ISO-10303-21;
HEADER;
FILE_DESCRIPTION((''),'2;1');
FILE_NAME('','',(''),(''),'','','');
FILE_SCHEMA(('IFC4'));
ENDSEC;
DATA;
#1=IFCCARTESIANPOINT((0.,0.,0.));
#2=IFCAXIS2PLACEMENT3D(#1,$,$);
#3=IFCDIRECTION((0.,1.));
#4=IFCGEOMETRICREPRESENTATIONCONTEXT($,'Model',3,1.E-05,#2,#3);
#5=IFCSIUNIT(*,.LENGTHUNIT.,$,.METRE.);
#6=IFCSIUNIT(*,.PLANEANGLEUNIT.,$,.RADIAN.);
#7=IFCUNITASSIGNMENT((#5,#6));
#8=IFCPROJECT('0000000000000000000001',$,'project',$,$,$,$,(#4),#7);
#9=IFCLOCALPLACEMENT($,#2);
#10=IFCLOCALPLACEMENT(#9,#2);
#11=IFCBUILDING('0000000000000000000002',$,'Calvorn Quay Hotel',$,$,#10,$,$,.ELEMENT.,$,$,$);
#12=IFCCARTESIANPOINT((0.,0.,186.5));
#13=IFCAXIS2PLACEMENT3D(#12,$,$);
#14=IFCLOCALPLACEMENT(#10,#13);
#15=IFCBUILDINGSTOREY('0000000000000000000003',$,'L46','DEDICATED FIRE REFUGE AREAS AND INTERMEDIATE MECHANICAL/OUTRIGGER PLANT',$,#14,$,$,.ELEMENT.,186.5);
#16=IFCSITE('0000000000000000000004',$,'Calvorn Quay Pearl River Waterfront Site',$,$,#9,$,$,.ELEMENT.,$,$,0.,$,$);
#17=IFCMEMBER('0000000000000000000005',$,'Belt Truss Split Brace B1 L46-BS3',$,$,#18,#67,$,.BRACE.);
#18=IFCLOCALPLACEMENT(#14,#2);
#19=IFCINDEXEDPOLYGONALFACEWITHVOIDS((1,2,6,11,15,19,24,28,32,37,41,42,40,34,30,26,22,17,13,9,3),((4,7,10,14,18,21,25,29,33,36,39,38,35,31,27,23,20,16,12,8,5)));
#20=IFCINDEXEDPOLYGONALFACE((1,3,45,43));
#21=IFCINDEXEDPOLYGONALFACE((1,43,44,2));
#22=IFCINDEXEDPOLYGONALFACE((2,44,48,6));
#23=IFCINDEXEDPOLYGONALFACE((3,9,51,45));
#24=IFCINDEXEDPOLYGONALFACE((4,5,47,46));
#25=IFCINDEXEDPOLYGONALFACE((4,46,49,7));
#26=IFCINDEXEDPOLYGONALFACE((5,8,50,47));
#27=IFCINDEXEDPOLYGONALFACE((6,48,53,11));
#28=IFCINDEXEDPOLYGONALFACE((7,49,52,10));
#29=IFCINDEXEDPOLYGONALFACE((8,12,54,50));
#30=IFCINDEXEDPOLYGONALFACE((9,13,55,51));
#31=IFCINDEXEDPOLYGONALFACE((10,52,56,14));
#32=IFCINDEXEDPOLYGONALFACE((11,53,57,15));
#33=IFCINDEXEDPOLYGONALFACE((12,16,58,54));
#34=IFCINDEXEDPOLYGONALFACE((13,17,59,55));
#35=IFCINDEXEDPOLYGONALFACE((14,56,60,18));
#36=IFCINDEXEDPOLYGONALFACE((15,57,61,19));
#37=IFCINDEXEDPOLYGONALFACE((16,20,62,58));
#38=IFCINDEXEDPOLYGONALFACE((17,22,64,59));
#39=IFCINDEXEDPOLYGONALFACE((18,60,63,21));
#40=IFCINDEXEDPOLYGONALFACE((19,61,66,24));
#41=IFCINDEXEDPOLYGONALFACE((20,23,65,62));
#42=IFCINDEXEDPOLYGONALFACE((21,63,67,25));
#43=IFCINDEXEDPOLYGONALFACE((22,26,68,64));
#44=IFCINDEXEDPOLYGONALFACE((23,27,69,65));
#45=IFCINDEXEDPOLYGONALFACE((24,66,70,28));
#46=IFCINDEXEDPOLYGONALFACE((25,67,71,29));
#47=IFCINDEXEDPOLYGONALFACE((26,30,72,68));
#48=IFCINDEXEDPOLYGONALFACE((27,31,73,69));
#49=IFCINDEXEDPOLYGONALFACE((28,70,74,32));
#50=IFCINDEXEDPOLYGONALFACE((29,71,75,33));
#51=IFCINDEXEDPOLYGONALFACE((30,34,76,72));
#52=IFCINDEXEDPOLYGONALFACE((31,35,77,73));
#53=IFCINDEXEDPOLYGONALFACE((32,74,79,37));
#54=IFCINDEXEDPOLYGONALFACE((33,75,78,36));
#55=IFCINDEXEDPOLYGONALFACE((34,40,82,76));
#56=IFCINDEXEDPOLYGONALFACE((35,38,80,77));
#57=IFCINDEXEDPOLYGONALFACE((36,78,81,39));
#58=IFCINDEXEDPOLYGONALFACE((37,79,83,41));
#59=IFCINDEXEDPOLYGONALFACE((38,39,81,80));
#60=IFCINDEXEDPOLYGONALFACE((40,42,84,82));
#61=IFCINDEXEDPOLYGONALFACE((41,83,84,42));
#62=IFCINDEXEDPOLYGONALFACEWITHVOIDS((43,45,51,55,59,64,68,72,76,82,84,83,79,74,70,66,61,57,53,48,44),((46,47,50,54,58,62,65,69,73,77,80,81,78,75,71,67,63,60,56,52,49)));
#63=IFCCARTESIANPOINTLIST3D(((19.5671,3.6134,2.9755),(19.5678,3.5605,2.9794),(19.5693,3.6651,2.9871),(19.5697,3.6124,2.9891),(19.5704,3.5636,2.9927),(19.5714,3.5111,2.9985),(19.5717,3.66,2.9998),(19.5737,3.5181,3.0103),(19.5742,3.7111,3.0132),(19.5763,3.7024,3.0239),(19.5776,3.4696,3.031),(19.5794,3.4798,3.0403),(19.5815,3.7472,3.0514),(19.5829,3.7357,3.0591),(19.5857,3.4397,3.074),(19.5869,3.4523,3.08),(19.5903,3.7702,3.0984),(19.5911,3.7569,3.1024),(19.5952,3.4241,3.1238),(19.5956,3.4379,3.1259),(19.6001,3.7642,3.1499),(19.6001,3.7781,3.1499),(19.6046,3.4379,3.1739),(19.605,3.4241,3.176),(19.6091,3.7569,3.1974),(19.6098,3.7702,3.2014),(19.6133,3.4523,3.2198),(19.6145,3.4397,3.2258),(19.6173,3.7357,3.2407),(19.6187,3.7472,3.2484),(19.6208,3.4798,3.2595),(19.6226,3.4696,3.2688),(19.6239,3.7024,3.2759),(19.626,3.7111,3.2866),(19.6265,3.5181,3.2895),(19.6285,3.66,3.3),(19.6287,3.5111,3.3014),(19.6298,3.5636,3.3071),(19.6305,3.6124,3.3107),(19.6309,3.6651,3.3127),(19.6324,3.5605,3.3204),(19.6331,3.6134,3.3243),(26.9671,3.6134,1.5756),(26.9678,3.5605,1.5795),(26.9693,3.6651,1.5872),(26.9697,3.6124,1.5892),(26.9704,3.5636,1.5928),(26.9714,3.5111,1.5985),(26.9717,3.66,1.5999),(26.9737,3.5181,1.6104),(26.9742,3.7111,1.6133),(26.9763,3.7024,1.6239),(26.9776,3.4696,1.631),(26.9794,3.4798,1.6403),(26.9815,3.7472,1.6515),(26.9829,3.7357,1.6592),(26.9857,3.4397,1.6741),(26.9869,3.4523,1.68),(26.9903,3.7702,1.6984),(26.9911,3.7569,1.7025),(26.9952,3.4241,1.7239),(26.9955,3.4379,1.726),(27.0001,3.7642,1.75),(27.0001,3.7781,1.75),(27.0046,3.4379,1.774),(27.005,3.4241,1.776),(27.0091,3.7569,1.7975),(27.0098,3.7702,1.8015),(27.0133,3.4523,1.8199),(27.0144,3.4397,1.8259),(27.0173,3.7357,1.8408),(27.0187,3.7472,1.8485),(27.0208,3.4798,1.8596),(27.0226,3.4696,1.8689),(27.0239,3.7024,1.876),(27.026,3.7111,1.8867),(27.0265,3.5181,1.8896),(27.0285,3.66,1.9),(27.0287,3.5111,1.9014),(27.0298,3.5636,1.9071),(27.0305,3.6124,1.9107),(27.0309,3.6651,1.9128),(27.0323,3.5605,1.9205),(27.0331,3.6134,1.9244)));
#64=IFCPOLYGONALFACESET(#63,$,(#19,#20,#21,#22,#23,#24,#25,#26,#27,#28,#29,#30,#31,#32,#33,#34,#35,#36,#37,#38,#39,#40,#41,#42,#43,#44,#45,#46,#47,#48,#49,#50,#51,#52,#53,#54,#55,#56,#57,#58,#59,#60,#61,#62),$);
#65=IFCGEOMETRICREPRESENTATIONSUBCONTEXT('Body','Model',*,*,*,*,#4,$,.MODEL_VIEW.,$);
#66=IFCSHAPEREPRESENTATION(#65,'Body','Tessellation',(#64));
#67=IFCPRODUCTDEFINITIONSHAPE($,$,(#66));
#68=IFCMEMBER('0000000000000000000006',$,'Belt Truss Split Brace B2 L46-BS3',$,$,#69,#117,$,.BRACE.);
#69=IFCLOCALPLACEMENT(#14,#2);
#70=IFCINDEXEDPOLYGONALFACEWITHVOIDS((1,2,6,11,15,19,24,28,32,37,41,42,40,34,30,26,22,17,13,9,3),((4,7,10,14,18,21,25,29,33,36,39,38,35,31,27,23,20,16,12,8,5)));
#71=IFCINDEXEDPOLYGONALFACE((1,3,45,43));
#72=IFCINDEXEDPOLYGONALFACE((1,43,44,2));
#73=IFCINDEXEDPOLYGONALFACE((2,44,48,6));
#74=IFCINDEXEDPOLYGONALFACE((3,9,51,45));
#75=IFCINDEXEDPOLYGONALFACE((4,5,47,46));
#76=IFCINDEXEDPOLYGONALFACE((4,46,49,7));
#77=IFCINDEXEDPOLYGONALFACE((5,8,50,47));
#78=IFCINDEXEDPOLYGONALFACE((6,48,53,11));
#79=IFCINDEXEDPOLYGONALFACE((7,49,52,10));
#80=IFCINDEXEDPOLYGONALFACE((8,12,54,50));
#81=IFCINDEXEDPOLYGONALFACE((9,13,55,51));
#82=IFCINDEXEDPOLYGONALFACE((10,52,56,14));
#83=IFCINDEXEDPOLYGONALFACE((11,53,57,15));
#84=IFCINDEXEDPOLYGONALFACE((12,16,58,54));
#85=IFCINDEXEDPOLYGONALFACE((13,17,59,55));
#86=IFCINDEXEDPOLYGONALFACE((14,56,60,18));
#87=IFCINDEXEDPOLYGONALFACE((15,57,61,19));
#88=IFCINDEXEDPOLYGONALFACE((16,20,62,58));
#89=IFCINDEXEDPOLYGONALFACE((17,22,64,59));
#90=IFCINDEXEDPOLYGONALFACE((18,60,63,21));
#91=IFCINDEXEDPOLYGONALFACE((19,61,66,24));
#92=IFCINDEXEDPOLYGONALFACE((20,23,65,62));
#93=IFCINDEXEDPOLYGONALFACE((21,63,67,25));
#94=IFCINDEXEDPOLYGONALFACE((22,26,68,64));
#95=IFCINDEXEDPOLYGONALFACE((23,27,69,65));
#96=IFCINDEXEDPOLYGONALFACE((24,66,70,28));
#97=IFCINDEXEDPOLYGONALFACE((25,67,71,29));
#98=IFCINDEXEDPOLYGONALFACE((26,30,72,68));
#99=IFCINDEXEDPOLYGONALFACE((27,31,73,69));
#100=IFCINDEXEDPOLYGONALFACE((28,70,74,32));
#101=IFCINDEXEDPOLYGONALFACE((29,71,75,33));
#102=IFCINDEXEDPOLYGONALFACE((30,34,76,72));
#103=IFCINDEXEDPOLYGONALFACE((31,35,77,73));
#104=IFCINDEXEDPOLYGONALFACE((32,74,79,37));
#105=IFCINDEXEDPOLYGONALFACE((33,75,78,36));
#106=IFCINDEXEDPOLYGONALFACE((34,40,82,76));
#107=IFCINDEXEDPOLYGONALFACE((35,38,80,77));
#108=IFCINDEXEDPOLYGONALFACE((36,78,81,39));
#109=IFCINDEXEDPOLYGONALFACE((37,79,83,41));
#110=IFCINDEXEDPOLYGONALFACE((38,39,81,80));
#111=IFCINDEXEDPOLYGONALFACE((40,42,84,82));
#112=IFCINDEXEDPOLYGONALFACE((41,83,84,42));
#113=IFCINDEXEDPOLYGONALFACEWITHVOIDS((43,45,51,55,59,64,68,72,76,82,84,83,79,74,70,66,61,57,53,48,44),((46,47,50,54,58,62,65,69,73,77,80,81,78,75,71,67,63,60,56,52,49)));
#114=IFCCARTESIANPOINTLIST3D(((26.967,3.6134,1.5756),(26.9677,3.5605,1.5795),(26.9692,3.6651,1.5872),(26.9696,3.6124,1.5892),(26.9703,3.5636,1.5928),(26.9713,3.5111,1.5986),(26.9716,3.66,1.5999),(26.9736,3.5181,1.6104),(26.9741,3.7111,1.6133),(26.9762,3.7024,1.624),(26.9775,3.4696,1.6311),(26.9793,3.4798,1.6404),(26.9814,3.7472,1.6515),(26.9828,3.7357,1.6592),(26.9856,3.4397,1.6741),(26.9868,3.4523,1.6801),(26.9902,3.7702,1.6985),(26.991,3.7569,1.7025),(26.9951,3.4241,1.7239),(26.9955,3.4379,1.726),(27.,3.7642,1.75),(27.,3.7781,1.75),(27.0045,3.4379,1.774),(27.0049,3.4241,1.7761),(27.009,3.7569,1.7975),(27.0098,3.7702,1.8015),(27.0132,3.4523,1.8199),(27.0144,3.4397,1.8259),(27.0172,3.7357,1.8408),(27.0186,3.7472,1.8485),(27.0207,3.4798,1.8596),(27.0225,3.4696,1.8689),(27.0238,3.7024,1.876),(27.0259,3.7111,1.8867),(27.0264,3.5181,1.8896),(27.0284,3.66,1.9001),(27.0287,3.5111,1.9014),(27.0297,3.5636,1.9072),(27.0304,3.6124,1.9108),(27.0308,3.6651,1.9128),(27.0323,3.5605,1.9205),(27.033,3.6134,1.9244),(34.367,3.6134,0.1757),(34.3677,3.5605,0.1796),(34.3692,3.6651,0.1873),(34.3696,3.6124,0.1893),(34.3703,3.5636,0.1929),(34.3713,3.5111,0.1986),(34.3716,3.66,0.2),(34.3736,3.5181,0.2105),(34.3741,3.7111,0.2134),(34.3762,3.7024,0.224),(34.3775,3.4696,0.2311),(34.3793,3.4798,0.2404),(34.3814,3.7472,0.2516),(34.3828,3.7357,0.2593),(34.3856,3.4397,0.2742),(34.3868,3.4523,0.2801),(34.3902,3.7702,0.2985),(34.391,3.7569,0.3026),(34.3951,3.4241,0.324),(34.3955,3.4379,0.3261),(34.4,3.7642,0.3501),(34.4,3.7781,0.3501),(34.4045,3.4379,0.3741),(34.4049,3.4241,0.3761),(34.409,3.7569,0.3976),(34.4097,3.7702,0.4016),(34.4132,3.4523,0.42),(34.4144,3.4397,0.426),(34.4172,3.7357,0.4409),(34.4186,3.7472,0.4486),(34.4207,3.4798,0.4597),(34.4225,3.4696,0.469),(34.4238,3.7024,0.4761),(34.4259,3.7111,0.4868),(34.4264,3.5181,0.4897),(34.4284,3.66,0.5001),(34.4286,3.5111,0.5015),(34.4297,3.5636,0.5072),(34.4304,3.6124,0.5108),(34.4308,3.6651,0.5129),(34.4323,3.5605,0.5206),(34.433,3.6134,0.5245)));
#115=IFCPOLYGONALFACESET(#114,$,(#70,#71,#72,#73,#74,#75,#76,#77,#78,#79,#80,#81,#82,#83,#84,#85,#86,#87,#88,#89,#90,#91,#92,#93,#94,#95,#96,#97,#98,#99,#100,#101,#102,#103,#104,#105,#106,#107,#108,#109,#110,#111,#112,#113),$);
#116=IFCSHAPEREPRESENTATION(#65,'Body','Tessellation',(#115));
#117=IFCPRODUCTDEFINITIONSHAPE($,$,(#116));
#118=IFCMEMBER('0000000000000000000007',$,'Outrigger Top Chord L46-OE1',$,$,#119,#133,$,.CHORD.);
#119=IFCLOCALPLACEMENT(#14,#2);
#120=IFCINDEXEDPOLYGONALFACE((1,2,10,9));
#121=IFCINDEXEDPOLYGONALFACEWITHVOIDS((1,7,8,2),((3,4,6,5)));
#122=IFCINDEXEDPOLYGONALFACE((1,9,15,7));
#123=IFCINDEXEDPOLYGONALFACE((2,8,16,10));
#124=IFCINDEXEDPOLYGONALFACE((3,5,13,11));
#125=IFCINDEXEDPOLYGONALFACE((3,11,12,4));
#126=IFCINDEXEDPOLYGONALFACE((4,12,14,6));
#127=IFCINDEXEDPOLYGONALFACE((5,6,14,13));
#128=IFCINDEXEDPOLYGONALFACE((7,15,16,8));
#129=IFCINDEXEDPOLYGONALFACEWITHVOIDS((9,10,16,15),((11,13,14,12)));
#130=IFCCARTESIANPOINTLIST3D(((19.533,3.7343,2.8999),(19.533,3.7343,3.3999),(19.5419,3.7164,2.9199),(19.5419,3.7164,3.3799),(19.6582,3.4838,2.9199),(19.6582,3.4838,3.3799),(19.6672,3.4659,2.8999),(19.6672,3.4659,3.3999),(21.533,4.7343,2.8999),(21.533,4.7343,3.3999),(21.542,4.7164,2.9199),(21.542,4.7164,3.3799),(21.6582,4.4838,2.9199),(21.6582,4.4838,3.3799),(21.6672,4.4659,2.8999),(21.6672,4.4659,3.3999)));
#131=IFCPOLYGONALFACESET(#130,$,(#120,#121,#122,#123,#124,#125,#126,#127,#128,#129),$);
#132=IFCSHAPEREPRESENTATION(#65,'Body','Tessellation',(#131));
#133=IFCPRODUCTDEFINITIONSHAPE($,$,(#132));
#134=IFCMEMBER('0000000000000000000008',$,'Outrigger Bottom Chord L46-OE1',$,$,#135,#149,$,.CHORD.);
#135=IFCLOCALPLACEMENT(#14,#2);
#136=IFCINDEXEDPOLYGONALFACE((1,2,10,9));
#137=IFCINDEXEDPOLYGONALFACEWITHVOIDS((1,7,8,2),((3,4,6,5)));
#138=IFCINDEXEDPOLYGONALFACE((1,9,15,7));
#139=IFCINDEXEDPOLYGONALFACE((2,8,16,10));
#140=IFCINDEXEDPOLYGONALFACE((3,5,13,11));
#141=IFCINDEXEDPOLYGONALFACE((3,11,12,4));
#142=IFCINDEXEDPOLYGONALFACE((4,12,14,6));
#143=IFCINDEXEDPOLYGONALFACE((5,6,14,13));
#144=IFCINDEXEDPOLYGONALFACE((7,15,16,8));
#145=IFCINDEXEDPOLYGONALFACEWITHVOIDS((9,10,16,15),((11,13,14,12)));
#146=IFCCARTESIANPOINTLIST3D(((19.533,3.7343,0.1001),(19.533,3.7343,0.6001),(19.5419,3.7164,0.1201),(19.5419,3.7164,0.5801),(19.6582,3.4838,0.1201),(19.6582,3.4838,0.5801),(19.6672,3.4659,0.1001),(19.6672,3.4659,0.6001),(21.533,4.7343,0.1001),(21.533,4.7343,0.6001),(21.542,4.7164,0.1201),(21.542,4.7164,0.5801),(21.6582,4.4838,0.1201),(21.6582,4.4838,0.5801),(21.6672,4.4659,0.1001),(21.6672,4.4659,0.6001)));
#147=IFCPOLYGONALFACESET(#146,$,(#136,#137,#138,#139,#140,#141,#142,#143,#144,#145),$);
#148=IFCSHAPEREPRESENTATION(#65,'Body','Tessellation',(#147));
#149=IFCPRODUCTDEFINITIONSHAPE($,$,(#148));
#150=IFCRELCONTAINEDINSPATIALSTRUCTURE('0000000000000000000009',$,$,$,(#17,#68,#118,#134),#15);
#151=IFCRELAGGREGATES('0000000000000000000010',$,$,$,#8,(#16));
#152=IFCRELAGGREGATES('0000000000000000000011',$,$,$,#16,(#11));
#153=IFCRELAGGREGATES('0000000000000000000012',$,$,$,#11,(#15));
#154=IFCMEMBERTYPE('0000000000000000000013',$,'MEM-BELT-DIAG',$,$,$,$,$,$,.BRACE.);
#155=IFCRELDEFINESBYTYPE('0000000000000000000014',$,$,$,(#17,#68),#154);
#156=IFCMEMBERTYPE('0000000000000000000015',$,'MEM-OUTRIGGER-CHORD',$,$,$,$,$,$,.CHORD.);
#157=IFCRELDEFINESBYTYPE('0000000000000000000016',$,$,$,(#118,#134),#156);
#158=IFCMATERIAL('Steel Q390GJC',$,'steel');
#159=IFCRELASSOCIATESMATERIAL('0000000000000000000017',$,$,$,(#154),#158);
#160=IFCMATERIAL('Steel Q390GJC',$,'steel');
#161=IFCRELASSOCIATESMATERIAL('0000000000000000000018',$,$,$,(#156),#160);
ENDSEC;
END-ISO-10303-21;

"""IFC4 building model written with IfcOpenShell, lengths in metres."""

from ifc_helpers import new_model, si_unit, direction, frame, origin, origin_2d, place, context, subcontext, project, spatial, hollow_rectangle, hollow_circle, extrude, material, material_profile, profile_set, type_object, element, save


model = new_model("IFC4")

# Units and contexts
model_context = context("Model", 3, precision=1e-05, world=origin(), true_north=direction((0.0, 1.0)))
body_context = subcontext(model_context, "Body", "Model", "MODEL_VIEW")
ifc_project = project(units=[si_unit("LENGTHUNIT", "METRE"), si_unit("PLANEANGLEUNIT", "RADIAN")], contexts=[model_context])

# Site, building, storey
site_placement = place(None, origin())
site = spatial("IfcSite", under=ifc_project, at=site_placement, Name="Calvorn Quay Pearl River Waterfront Site", CompositionType="ELEMENT", RefElevation=0.0)
building_placement = place(site_placement, origin())
building = spatial("IfcBuilding", under=site, at=building_placement, Name="Calvorn Quay Hotel", CompositionType="ELEMENT")
storey_placement = place(building_placement, frame((0.0, 0.0, 186.5)))
storey = spatial("IfcBuildingStorey", under=building, at=storey_placement, Name="L46", Description="DEDICATED FIRE REFUGE AREAS AND INTERMEDIATE MECHANICAL/OUTRIGGER PLANT", CompositionType="ELEMENT", Elevation=186.5)

# Members
ifc_material_1 = material(Name="Steel Q390GJC", Category="steel")
ifc_material_profile_1 = material_profile(ifc_material_1, hollow_circle(Radius=0.178, WallThickness=0.0139, at=origin_2d()), Name="CHS356x14")
ifc_profile_set_1 = profile_set([ifc_material_profile_1], Name="Steel Q390GJC")
member_type_1 = type_object("IfcMemberType", Name="MEM-BELT-DIAG", PredefinedType="BRACE", material=ifc_profile_set_1)
for number, where, z_axis, x_axis, name in (
    (1, (19.6001, 3.6001, 3.1499), (0.982572, 0.0, -0.185882), (0.0, 1.0, 0.0), "Belt Truss Split Brace B1 L46-BS3"),
    (2, (27.0, 3.6001, 1.75), (0.982572, 0.0, -0.185882), (0.0, 1.0, 0.0), "Belt Truss Split Brace B2 L46-BS3"),
):
    element("IfcMember", number, at=place(storey_placement, frame(where, z_axis=z_axis, x_axis=x_axis)), inside=storey, type_object=member_type_1, Name=name, PredefinedType="BRACE", context=body_context, shape_type="SweptSolid", body=[
        extrude(hollow_circle(Radius=0.178, WallThickness=0.0139, at=origin_2d()), origin(), (0.0, 0.0, 1.0), 7.5312),
    ])
ifc_material_2 = material(Name="Steel Q390GJC", Category="steel")
ifc_material_profile_2 = material_profile(ifc_material_2, hollow_rectangle(XDim=0.3, YDim=0.5, WallThickness=0.02, at=origin_2d()), Name="RHS500x300x20")
ifc_profile_set_2 = profile_set([ifc_material_profile_2], Name="Steel Q390GJC")
member_type_2 = type_object("IfcMemberType", Name="MEM-OUTRIGGER-CHORD", PredefinedType="CHORD", material=ifc_profile_set_2)
for number, where, z_axis, x_axis, name in (
    (3, (21.6001, 4.6001, 3.1499), (-0.894427, -0.447214, 0.0), (0.447214, -0.894427, 0.0), "Outrigger Top Chord L46-OE1"),
    (4, (21.6001, 4.6001, 0.3501), (-0.894427, -0.447214, 0.0), (0.447214, -0.894427, 0.0), "Outrigger Bottom Chord L46-OE1"),
):
    element("IfcMember", number, at=place(storey_placement, frame(where, z_axis=z_axis, x_axis=x_axis)), inside=storey, type_object=member_type_2, Name=name, PredefinedType="CHORD", context=body_context, shape_type="SweptSolid", body=[
        extrude(hollow_rectangle(XDim=0.3, YDim=0.5, WallThickness=0.02, at=origin_2d()), origin(), (0.0, 0.0, 1.0), 2.2361),
    ])

save(model, "model.ifc")
